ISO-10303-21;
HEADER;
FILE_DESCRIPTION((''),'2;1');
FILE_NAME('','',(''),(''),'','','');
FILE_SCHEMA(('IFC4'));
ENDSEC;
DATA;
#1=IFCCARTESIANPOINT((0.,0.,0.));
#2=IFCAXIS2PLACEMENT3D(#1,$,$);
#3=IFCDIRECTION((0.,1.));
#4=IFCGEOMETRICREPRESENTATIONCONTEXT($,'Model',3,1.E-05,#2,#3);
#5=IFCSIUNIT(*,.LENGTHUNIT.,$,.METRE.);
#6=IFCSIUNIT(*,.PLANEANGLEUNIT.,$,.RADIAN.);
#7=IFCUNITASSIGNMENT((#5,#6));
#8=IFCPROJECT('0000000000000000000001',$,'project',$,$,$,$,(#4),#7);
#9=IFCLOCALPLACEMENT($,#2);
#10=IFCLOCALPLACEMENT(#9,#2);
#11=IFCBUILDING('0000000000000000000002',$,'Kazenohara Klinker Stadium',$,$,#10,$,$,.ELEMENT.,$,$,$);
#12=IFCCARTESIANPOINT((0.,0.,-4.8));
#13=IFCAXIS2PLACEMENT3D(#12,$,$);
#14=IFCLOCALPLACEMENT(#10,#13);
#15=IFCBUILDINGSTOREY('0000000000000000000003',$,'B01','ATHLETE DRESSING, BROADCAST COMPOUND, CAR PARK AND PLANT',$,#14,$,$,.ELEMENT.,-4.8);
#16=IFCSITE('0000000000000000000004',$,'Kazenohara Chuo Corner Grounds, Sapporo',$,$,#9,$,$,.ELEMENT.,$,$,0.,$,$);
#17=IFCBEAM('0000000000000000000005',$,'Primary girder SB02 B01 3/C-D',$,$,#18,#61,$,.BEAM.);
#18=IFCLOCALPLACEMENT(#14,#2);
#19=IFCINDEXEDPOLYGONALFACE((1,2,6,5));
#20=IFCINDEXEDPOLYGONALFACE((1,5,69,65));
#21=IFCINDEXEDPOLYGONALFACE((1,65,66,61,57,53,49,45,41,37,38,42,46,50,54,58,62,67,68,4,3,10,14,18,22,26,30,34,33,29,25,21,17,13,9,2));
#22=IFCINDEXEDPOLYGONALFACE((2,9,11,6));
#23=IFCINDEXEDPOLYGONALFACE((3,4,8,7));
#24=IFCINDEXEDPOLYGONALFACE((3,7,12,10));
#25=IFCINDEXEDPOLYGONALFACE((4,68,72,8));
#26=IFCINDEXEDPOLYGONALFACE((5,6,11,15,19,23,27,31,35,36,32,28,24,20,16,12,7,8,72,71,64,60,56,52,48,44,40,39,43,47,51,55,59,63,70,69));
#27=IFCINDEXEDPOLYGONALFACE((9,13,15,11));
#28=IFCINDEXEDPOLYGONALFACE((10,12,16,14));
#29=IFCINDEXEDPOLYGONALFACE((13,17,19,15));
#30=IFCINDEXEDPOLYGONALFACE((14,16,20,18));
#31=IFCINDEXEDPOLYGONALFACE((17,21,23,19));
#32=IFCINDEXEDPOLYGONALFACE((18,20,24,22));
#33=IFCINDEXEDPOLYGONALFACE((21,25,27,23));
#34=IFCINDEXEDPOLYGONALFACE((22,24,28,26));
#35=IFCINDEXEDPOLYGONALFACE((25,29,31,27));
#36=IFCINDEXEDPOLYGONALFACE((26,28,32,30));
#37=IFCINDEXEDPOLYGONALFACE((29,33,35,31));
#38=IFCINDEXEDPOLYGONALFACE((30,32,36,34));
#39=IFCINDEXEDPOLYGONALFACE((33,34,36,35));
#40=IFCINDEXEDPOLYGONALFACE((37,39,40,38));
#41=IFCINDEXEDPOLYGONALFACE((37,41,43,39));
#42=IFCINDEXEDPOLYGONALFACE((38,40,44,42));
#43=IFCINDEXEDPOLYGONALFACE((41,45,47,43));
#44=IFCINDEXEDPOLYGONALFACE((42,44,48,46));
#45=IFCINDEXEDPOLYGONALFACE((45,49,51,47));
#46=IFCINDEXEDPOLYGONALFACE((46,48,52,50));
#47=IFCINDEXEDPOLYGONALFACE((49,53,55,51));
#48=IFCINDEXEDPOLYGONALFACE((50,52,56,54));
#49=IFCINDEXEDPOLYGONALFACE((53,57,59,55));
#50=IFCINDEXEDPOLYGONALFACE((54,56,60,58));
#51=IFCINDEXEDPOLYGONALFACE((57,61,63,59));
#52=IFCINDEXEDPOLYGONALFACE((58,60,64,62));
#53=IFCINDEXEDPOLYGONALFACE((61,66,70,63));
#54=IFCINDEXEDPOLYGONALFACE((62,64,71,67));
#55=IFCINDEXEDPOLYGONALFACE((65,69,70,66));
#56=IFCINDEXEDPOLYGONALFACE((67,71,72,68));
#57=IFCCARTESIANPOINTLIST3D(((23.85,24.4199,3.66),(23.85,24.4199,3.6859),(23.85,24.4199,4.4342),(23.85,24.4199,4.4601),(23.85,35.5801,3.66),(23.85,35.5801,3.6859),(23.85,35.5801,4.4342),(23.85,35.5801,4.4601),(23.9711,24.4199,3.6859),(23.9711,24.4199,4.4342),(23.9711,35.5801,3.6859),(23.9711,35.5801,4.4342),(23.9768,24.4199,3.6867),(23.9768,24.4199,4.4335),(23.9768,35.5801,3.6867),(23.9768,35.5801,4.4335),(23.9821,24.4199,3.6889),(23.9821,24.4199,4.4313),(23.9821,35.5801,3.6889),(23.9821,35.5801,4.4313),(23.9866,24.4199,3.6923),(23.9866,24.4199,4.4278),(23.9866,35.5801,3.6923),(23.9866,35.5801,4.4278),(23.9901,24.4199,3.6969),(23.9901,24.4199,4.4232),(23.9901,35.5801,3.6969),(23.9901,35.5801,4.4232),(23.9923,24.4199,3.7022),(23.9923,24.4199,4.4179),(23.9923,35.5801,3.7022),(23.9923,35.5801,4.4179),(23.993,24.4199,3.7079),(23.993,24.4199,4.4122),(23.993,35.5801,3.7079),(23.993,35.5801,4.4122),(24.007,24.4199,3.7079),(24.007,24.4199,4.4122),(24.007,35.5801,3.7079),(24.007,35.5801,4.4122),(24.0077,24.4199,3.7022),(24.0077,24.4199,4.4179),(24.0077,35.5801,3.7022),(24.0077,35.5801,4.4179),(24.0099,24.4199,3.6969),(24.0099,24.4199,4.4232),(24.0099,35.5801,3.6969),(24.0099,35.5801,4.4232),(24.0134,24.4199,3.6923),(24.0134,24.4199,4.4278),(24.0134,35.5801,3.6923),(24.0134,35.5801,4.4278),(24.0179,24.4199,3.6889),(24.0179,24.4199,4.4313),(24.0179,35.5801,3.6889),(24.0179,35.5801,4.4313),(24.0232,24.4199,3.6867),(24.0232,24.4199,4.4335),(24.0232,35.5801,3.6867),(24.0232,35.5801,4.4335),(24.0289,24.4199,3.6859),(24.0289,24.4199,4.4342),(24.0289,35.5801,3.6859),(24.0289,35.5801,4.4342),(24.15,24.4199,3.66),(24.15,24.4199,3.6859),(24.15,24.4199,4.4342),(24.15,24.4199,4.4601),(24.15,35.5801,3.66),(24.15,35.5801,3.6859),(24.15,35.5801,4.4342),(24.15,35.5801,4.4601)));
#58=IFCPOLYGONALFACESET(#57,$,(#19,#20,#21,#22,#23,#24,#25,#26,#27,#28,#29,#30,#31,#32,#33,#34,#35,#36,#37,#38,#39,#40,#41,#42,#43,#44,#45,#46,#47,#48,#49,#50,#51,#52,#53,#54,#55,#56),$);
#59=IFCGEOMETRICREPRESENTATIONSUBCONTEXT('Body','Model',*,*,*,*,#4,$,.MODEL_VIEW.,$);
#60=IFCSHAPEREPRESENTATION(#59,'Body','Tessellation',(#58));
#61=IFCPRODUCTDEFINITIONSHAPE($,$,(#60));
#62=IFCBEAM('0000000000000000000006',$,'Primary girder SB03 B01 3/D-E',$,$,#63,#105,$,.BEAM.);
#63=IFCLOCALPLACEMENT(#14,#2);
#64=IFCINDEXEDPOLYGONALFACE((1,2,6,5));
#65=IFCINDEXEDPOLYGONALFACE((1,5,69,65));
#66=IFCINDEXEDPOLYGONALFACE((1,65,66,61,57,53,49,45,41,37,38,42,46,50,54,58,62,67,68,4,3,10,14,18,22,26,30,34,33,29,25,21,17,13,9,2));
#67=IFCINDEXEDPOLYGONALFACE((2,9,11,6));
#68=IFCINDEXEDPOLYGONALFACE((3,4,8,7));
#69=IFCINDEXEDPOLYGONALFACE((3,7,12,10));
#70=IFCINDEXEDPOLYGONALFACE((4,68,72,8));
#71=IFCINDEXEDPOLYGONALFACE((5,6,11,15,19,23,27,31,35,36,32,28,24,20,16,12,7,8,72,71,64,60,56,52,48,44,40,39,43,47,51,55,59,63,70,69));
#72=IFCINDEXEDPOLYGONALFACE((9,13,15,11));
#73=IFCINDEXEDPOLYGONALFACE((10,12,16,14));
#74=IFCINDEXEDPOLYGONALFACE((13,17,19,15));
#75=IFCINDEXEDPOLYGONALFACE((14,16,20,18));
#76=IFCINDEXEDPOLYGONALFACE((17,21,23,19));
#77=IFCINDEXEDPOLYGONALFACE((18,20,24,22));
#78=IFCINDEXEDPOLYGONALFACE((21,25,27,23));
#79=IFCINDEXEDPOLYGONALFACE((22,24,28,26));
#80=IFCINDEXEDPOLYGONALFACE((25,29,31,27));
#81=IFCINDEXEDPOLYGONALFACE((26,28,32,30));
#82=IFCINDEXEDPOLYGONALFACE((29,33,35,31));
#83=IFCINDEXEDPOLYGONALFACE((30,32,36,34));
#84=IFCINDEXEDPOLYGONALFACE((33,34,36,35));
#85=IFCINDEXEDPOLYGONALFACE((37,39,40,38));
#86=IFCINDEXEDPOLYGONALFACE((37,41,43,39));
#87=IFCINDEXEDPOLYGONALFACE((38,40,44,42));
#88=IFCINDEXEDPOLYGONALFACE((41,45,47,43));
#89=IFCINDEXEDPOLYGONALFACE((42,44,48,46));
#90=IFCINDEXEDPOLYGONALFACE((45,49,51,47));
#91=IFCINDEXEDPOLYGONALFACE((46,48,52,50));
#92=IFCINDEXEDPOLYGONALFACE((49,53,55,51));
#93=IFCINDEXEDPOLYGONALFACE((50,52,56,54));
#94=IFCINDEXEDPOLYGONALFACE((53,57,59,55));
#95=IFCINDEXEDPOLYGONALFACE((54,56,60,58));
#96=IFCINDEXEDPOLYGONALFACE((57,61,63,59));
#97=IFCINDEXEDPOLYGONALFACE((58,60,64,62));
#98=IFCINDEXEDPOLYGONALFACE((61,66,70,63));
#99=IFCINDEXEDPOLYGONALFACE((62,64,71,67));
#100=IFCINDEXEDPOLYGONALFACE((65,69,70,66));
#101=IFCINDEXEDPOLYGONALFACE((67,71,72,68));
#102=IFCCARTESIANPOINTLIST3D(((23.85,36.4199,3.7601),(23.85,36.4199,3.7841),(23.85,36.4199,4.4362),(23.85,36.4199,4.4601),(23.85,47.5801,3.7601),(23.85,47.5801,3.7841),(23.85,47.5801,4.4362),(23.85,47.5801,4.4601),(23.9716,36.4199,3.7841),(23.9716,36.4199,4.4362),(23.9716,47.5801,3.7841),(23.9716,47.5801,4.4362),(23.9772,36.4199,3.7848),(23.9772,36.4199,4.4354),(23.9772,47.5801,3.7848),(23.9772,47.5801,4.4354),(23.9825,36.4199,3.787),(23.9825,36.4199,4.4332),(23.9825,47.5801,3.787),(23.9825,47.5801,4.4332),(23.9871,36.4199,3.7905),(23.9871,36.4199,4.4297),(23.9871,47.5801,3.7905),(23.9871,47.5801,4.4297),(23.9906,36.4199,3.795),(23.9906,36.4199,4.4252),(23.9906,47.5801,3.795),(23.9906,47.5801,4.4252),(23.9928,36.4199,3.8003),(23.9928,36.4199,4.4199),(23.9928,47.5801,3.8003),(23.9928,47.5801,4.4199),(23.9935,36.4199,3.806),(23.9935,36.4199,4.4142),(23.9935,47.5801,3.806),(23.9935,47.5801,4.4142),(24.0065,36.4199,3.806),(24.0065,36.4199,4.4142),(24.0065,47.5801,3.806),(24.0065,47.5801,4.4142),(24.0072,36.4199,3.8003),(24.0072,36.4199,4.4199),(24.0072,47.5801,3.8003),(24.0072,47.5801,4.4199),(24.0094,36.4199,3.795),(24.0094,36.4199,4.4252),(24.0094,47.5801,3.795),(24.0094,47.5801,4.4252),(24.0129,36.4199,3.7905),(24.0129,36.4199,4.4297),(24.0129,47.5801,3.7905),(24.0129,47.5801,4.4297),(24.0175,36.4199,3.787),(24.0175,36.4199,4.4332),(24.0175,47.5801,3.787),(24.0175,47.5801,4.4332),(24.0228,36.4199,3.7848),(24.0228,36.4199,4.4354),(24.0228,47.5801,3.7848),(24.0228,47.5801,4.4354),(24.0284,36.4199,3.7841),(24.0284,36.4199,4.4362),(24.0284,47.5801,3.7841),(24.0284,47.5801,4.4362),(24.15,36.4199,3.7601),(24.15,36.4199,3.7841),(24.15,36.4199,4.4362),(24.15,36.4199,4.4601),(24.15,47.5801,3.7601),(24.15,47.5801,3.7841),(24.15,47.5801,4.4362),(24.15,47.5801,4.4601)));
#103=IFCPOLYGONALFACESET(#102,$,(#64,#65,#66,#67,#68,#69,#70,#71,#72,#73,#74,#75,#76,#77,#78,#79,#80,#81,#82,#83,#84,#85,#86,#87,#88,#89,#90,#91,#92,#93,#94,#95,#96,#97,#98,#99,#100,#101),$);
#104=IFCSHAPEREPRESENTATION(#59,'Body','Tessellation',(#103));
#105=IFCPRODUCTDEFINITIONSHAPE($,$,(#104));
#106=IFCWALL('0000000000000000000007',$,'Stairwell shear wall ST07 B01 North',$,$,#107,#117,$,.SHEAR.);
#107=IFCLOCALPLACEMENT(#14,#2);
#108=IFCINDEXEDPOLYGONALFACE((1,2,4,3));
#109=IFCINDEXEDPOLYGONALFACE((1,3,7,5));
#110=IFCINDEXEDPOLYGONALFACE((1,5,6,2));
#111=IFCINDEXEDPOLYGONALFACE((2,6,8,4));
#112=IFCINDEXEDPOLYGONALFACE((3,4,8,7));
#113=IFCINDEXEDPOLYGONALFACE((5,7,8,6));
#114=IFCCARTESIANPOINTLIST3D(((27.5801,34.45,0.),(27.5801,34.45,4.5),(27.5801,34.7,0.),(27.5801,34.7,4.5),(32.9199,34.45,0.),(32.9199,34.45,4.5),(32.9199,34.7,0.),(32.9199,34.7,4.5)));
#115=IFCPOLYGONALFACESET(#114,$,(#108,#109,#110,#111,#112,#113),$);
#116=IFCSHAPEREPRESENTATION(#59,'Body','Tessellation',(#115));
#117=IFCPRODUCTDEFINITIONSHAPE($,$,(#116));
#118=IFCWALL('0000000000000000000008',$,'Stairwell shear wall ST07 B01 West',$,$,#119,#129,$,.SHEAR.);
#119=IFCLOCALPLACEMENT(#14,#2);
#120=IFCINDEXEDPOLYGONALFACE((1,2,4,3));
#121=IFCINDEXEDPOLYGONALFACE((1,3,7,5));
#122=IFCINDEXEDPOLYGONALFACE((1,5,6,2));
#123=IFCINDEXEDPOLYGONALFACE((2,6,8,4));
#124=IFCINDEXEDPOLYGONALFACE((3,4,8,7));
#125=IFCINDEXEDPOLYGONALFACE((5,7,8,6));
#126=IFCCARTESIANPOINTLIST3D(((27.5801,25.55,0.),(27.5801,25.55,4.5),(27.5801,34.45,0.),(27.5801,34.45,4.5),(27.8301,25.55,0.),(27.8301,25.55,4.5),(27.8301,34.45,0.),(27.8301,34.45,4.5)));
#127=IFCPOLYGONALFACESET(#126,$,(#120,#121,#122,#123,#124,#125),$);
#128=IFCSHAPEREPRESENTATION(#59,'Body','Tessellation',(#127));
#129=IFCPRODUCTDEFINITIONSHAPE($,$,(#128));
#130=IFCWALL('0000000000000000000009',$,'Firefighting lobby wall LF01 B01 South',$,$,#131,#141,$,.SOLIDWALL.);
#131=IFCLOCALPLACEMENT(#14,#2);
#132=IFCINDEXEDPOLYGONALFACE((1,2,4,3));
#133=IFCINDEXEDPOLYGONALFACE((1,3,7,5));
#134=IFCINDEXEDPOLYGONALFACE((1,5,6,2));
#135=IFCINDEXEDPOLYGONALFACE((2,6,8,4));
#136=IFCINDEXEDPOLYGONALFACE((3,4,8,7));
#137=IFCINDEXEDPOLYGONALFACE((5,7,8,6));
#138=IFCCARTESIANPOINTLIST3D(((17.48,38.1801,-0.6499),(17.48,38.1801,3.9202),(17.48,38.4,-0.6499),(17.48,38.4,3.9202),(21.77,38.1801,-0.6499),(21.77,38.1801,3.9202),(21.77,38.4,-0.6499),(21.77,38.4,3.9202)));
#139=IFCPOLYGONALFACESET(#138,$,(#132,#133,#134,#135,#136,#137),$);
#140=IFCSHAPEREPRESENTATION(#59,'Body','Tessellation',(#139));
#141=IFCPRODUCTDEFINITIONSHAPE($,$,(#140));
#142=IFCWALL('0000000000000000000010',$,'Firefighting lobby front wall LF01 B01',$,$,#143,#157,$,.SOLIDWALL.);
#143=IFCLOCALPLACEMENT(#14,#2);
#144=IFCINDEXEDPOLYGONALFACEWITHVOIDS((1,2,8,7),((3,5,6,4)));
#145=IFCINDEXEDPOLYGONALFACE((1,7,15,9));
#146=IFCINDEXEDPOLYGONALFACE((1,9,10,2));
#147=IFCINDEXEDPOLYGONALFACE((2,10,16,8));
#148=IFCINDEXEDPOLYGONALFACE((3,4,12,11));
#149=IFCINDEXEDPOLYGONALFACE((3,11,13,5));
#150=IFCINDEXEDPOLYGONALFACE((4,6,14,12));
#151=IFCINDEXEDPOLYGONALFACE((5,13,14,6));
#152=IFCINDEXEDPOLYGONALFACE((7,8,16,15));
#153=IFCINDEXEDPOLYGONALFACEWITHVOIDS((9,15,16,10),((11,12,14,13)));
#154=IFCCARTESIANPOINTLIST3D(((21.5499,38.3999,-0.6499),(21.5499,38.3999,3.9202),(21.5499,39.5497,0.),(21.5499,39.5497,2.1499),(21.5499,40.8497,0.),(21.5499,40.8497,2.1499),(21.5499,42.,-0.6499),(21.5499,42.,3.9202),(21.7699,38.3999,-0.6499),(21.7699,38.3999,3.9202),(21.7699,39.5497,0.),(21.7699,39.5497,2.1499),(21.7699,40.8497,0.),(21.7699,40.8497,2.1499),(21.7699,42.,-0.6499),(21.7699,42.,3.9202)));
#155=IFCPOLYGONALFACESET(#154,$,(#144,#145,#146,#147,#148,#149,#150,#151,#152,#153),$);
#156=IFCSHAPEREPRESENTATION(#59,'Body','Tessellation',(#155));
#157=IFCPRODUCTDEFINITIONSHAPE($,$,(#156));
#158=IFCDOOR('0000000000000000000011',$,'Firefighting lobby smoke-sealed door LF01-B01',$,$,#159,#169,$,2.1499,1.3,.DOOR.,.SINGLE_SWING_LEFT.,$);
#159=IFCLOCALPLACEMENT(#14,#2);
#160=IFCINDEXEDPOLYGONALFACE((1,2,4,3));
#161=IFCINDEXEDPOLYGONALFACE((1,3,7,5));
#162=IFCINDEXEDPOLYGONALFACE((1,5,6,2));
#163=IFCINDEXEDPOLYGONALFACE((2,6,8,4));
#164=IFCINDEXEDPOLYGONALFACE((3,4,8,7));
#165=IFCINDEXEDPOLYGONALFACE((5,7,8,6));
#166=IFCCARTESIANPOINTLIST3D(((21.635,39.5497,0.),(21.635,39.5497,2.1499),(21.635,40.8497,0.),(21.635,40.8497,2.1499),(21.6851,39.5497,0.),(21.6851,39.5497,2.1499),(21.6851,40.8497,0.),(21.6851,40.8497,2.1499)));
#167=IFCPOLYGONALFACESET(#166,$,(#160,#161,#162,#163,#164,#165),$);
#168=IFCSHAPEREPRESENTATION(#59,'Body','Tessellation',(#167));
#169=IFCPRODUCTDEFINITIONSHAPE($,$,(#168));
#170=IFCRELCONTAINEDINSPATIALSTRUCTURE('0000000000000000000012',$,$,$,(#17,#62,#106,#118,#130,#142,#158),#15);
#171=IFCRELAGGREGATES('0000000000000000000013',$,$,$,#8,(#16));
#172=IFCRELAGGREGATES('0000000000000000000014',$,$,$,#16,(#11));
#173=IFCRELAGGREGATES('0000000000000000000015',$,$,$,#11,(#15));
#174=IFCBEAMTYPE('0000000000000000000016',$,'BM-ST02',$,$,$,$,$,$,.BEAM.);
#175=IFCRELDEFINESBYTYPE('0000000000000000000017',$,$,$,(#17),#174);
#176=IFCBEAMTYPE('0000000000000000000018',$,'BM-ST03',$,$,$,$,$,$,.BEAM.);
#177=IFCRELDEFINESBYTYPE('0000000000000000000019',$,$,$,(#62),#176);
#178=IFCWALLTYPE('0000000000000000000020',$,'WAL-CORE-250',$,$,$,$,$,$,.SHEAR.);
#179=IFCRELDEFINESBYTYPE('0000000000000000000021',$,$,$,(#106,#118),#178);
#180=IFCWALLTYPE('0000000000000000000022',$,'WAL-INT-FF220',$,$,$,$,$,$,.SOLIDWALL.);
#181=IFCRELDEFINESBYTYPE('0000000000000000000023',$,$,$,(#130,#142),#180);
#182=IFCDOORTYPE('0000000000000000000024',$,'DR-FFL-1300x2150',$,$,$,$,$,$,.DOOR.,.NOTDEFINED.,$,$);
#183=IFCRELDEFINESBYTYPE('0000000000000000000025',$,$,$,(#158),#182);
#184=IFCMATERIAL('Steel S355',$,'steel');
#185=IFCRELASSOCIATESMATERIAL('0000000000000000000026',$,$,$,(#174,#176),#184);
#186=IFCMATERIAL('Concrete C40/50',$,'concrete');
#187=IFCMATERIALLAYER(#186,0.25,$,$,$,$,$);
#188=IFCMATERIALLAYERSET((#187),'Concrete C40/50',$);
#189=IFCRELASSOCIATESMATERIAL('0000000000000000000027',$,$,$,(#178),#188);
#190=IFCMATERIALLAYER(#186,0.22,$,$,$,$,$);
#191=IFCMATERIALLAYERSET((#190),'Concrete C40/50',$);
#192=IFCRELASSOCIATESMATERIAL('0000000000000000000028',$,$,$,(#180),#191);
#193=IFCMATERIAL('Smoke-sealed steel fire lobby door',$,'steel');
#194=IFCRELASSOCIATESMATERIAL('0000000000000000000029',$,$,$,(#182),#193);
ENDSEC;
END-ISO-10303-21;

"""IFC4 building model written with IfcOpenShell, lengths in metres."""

from ifc_helpers import new_model, si_unit, direction, frame, frame_2d, origin, origin_2d, place, context, subcontext, project, spatial, rectangle, i_section, extrude, material, layer, layer_set, material_profile, profile_set, type_object, element, fill, save


model = new_model("IFC4")

# Units and contexts
model_context = context("Model", 3, precision=1e-05, world=origin(), true_north=direction((0.0, 1.0)))
body_context = subcontext(model_context, "Body", "Model", "MODEL_VIEW")
ifc_project = project(units=[si_unit("LENGTHUNIT", "METRE"), si_unit("PLANEANGLEUNIT", "RADIAN")], contexts=[model_context])

# Site, building, storey
site_placement = place(None, origin())
site = spatial("IfcSite", under=ifc_project, at=site_placement, Name="Kazenohara Chuo Corner Grounds, Sapporo", CompositionType="ELEMENT", RefElevation=0.0)
building_placement = place(site_placement, origin())
building = spatial("IfcBuilding", under=site, at=building_placement, Name="Kazenohara Klinker Stadium", CompositionType="ELEMENT")
storey_placement = place(building_placement, frame((0.0, 0.0, -4.8)))
storey = spatial("IfcBuildingStorey", under=building, at=storey_placement, Name="B01", Description="ATHLETE DRESSING, BROADCAST COMPOUND, CAR PARK AND PLANT", CompositionType="ELEMENT", Elevation=-4.8)

# Shared definitions
ifc_material_1 = material(Name="Concrete C40/50", Category="concrete")

# Beams
ifc_material_2 = material(Name="Steel S355", Category="steel")
ifc_material_profile_1 = material_profile(ifc_material_2, i_section(OverallWidth=0.3, OverallDepth=0.8, WebThickness=0.0139, FlangeThickness=0.0259, FilletRadius=0.022, at=origin_2d()), Name="H-800x300x14x26")
ifc_profile_set_1 = profile_set([ifc_material_profile_1], Name="Steel S355")
beam_type_1 = type_object("IfcBeamType", Name="BM-ST02", PredefinedType="BEAM", material=ifc_profile_set_1)
beam_1_placement = place(storey_placement, frame((24.0, 24.4199, 4.0601), z_axis=(0.0, 1.0, 0.0), x_axis=(-1.0, 0.0, 0.0)))
element("IfcBeam", 1, at=beam_1_placement, inside=storey, type_object=beam_type_1, Name="Primary girder SB02 B01 3/C-D", PredefinedType="BEAM", context=body_context, shape_type="SweptSolid", body=[
    extrude(i_section(OverallWidth=0.3, OverallDepth=0.8, WebThickness=0.0139, FlangeThickness=0.0259, FilletRadius=0.022, at=origin_2d()), origin(), (0.0, 0.0, 1.0), 11.1602),
])
ifc_material_profile_2 = material_profile(ifc_material_2, i_section(OverallWidth=0.3, OverallDepth=0.7, WebThickness=0.0129, FlangeThickness=0.0239, FilletRadius=0.022, at=origin_2d()), Name="H-700x300x13x24")
ifc_profile_set_2 = profile_set([ifc_material_profile_2], Name="Steel S355")
beam_type_2 = type_object("IfcBeamType", Name="BM-ST03", PredefinedType="BEAM", material=ifc_profile_set_2)
beam_2_placement = place(storey_placement, frame((24.0, 36.4199, 4.1101), z_axis=(0.0, 1.0, 0.0), x_axis=(-1.0, 0.0, 0.0)))
element("IfcBeam", 2, at=beam_2_placement, inside=storey, type_object=beam_type_2, Name="Primary girder SB03 B01 3/D-E", PredefinedType="BEAM", context=body_context, shape_type="SweptSolid", body=[
    extrude(i_section(OverallWidth=0.3, OverallDepth=0.7, WebThickness=0.0129, FlangeThickness=0.0239, FilletRadius=0.022, at=origin_2d()), origin(), (0.0, 0.0, 1.0), 11.1602),
])

# Shared definitions
ifc_layer_1 = layer(ifc_material_1, 0.25)
ifc_layer_set_1 = layer_set([ifc_layer_1], Name="Concrete C40/50")
wall_type_1 = type_object("IfcWallType", Name="WAL-CORE-250", PredefinedType="SHEAR", material=ifc_layer_set_1)

# Walls
wall_1_placement = place(storey_placement, frame((27.5801, 34.575, 0.0), z_axis=(0.0, 0.0, 1.0), x_axis=(1.0, 0.0, 0.0)))
element("IfcWall", 3, at=wall_1_placement, inside=storey, type_object=wall_type_1, Name="Stairwell shear wall ST07 B01 North", PredefinedType="SHEAR", context=body_context, shape_type="SweptSolid", body=[
    extrude(rectangle(XDim=5.3398, YDim=0.25, at=frame_2d((2.6699, 0.0))), origin(), (0.0, 0.0, 1.0), 4.5),
])
wall_2_placement = place(storey_placement, frame((27.7051, 25.55, 0.0), z_axis=(0.0, 0.0, 1.0), x_axis=(0.0, 1.0, 0.0)))
element("IfcWall", 4, at=wall_2_placement, inside=storey, type_object=wall_type_1, Name="Stairwell shear wall ST07 B01 West", PredefinedType="SHEAR", context=body_context, shape_type="SweptSolid", body=[
    extrude(rectangle(XDim=8.8999, YDim=0.25, at=frame_2d((4.45, 0.0))), origin(), (0.0, 0.0, 1.0), 4.5),
])
ifc_layer_2 = layer(ifc_material_1, 0.22)
ifc_layer_set_2 = layer_set([ifc_layer_2], Name="Concrete C40/50")
wall_type_2 = type_object("IfcWallType", Name="WAL-INT-FF220", PredefinedType="SOLIDWALL", material=ifc_layer_set_2)
wall_3_placement = place(storey_placement, frame((17.48, 38.29, -0.6499), z_axis=(0.0, 0.0, 1.0), x_axis=(1.0, 0.0, 0.0)))
element("IfcWall", 5, at=wall_3_placement, inside=storey, type_object=wall_type_2, Name="Firefighting lobby wall LF01 B01 South", PredefinedType="SOLIDWALL", context=body_context, shape_type="SweptSolid", body=[
    extrude(rectangle(XDim=4.29, YDim=0.22, at=frame_2d((2.145, 0.0))), origin(), (0.0, 0.0, 1.0), 4.5701),
])

# Wall, opening, door
wall_4_placement = place(storey_placement, frame((21.6599, 38.3999, -0.6499), z_axis=(0.0, 0.0, 1.0), x_axis=(0.0, 1.0, 0.0)))
wall_4 = element("IfcWall", 6, at=wall_4_placement, inside=storey, type_object=wall_type_2, Name="Firefighting lobby front wall LF01 B01", PredefinedType="SOLIDWALL", context=body_context, shape_type="SweptSolid", body=[
    extrude(rectangle(XDim=3.6001, YDim=0.22, at=frame_2d((1.8, 0.0))), origin(), (0.0, 0.0, 1.0), 4.5701),
])
opening_1_placement = place(wall_4_placement, frame((1.1499, 0.0, 0.6499)))
opening_1 = element("IfcOpeningElement", 7, at=opening_1_placement, cuts=wall_4, PredefinedType="OPENING", context=body_context, shape_type="SweptSolid", body=[
    extrude(rectangle(XDim=1.3, YDim=2.1499, at=frame_2d((0.6499, 1.075))), frame((0.0, 0.1201, 0.0), z_axis=(0.0, -1.0, 0.0), x_axis=(1.0, 0.0, 0.0)), (0.0, 0.0, 1.0), 0.24),
])
ifc_material_3 = material(Name="Smoke-sealed steel fire lobby door", Category="steel")
door_type_1 = type_object("IfcDoorType", Name="DR-FFL-1300x2150", OperationType="NOTDEFINED", PredefinedType="DOOR", material=ifc_material_3)
door_1_placement = place(opening_1_placement, origin())
door_1 = element("IfcDoor", 8, at=door_1_placement, inside=storey, type_object=door_type_1, Name="Firefighting lobby smoke-sealed door LF01-B01", OperationType="SINGLE_SWING_LEFT", OverallHeight=2.1499, OverallWidth=1.3, PredefinedType="DOOR", context=body_context, shape_type="SweptSolid", body=[
    extrude(rectangle(XDim=1.3, YDim=2.1499, at=frame_2d((0.6499, 1.075))), frame((0.0, 0.0249, 0.0), z_axis=(0.0, -1.0, 0.0), x_axis=(1.0, 0.0, 0.0)), (0.0, 0.0, 1.0), 0.05),
])
fill(opening_1, door_1)

save(model, "model.ifc")
